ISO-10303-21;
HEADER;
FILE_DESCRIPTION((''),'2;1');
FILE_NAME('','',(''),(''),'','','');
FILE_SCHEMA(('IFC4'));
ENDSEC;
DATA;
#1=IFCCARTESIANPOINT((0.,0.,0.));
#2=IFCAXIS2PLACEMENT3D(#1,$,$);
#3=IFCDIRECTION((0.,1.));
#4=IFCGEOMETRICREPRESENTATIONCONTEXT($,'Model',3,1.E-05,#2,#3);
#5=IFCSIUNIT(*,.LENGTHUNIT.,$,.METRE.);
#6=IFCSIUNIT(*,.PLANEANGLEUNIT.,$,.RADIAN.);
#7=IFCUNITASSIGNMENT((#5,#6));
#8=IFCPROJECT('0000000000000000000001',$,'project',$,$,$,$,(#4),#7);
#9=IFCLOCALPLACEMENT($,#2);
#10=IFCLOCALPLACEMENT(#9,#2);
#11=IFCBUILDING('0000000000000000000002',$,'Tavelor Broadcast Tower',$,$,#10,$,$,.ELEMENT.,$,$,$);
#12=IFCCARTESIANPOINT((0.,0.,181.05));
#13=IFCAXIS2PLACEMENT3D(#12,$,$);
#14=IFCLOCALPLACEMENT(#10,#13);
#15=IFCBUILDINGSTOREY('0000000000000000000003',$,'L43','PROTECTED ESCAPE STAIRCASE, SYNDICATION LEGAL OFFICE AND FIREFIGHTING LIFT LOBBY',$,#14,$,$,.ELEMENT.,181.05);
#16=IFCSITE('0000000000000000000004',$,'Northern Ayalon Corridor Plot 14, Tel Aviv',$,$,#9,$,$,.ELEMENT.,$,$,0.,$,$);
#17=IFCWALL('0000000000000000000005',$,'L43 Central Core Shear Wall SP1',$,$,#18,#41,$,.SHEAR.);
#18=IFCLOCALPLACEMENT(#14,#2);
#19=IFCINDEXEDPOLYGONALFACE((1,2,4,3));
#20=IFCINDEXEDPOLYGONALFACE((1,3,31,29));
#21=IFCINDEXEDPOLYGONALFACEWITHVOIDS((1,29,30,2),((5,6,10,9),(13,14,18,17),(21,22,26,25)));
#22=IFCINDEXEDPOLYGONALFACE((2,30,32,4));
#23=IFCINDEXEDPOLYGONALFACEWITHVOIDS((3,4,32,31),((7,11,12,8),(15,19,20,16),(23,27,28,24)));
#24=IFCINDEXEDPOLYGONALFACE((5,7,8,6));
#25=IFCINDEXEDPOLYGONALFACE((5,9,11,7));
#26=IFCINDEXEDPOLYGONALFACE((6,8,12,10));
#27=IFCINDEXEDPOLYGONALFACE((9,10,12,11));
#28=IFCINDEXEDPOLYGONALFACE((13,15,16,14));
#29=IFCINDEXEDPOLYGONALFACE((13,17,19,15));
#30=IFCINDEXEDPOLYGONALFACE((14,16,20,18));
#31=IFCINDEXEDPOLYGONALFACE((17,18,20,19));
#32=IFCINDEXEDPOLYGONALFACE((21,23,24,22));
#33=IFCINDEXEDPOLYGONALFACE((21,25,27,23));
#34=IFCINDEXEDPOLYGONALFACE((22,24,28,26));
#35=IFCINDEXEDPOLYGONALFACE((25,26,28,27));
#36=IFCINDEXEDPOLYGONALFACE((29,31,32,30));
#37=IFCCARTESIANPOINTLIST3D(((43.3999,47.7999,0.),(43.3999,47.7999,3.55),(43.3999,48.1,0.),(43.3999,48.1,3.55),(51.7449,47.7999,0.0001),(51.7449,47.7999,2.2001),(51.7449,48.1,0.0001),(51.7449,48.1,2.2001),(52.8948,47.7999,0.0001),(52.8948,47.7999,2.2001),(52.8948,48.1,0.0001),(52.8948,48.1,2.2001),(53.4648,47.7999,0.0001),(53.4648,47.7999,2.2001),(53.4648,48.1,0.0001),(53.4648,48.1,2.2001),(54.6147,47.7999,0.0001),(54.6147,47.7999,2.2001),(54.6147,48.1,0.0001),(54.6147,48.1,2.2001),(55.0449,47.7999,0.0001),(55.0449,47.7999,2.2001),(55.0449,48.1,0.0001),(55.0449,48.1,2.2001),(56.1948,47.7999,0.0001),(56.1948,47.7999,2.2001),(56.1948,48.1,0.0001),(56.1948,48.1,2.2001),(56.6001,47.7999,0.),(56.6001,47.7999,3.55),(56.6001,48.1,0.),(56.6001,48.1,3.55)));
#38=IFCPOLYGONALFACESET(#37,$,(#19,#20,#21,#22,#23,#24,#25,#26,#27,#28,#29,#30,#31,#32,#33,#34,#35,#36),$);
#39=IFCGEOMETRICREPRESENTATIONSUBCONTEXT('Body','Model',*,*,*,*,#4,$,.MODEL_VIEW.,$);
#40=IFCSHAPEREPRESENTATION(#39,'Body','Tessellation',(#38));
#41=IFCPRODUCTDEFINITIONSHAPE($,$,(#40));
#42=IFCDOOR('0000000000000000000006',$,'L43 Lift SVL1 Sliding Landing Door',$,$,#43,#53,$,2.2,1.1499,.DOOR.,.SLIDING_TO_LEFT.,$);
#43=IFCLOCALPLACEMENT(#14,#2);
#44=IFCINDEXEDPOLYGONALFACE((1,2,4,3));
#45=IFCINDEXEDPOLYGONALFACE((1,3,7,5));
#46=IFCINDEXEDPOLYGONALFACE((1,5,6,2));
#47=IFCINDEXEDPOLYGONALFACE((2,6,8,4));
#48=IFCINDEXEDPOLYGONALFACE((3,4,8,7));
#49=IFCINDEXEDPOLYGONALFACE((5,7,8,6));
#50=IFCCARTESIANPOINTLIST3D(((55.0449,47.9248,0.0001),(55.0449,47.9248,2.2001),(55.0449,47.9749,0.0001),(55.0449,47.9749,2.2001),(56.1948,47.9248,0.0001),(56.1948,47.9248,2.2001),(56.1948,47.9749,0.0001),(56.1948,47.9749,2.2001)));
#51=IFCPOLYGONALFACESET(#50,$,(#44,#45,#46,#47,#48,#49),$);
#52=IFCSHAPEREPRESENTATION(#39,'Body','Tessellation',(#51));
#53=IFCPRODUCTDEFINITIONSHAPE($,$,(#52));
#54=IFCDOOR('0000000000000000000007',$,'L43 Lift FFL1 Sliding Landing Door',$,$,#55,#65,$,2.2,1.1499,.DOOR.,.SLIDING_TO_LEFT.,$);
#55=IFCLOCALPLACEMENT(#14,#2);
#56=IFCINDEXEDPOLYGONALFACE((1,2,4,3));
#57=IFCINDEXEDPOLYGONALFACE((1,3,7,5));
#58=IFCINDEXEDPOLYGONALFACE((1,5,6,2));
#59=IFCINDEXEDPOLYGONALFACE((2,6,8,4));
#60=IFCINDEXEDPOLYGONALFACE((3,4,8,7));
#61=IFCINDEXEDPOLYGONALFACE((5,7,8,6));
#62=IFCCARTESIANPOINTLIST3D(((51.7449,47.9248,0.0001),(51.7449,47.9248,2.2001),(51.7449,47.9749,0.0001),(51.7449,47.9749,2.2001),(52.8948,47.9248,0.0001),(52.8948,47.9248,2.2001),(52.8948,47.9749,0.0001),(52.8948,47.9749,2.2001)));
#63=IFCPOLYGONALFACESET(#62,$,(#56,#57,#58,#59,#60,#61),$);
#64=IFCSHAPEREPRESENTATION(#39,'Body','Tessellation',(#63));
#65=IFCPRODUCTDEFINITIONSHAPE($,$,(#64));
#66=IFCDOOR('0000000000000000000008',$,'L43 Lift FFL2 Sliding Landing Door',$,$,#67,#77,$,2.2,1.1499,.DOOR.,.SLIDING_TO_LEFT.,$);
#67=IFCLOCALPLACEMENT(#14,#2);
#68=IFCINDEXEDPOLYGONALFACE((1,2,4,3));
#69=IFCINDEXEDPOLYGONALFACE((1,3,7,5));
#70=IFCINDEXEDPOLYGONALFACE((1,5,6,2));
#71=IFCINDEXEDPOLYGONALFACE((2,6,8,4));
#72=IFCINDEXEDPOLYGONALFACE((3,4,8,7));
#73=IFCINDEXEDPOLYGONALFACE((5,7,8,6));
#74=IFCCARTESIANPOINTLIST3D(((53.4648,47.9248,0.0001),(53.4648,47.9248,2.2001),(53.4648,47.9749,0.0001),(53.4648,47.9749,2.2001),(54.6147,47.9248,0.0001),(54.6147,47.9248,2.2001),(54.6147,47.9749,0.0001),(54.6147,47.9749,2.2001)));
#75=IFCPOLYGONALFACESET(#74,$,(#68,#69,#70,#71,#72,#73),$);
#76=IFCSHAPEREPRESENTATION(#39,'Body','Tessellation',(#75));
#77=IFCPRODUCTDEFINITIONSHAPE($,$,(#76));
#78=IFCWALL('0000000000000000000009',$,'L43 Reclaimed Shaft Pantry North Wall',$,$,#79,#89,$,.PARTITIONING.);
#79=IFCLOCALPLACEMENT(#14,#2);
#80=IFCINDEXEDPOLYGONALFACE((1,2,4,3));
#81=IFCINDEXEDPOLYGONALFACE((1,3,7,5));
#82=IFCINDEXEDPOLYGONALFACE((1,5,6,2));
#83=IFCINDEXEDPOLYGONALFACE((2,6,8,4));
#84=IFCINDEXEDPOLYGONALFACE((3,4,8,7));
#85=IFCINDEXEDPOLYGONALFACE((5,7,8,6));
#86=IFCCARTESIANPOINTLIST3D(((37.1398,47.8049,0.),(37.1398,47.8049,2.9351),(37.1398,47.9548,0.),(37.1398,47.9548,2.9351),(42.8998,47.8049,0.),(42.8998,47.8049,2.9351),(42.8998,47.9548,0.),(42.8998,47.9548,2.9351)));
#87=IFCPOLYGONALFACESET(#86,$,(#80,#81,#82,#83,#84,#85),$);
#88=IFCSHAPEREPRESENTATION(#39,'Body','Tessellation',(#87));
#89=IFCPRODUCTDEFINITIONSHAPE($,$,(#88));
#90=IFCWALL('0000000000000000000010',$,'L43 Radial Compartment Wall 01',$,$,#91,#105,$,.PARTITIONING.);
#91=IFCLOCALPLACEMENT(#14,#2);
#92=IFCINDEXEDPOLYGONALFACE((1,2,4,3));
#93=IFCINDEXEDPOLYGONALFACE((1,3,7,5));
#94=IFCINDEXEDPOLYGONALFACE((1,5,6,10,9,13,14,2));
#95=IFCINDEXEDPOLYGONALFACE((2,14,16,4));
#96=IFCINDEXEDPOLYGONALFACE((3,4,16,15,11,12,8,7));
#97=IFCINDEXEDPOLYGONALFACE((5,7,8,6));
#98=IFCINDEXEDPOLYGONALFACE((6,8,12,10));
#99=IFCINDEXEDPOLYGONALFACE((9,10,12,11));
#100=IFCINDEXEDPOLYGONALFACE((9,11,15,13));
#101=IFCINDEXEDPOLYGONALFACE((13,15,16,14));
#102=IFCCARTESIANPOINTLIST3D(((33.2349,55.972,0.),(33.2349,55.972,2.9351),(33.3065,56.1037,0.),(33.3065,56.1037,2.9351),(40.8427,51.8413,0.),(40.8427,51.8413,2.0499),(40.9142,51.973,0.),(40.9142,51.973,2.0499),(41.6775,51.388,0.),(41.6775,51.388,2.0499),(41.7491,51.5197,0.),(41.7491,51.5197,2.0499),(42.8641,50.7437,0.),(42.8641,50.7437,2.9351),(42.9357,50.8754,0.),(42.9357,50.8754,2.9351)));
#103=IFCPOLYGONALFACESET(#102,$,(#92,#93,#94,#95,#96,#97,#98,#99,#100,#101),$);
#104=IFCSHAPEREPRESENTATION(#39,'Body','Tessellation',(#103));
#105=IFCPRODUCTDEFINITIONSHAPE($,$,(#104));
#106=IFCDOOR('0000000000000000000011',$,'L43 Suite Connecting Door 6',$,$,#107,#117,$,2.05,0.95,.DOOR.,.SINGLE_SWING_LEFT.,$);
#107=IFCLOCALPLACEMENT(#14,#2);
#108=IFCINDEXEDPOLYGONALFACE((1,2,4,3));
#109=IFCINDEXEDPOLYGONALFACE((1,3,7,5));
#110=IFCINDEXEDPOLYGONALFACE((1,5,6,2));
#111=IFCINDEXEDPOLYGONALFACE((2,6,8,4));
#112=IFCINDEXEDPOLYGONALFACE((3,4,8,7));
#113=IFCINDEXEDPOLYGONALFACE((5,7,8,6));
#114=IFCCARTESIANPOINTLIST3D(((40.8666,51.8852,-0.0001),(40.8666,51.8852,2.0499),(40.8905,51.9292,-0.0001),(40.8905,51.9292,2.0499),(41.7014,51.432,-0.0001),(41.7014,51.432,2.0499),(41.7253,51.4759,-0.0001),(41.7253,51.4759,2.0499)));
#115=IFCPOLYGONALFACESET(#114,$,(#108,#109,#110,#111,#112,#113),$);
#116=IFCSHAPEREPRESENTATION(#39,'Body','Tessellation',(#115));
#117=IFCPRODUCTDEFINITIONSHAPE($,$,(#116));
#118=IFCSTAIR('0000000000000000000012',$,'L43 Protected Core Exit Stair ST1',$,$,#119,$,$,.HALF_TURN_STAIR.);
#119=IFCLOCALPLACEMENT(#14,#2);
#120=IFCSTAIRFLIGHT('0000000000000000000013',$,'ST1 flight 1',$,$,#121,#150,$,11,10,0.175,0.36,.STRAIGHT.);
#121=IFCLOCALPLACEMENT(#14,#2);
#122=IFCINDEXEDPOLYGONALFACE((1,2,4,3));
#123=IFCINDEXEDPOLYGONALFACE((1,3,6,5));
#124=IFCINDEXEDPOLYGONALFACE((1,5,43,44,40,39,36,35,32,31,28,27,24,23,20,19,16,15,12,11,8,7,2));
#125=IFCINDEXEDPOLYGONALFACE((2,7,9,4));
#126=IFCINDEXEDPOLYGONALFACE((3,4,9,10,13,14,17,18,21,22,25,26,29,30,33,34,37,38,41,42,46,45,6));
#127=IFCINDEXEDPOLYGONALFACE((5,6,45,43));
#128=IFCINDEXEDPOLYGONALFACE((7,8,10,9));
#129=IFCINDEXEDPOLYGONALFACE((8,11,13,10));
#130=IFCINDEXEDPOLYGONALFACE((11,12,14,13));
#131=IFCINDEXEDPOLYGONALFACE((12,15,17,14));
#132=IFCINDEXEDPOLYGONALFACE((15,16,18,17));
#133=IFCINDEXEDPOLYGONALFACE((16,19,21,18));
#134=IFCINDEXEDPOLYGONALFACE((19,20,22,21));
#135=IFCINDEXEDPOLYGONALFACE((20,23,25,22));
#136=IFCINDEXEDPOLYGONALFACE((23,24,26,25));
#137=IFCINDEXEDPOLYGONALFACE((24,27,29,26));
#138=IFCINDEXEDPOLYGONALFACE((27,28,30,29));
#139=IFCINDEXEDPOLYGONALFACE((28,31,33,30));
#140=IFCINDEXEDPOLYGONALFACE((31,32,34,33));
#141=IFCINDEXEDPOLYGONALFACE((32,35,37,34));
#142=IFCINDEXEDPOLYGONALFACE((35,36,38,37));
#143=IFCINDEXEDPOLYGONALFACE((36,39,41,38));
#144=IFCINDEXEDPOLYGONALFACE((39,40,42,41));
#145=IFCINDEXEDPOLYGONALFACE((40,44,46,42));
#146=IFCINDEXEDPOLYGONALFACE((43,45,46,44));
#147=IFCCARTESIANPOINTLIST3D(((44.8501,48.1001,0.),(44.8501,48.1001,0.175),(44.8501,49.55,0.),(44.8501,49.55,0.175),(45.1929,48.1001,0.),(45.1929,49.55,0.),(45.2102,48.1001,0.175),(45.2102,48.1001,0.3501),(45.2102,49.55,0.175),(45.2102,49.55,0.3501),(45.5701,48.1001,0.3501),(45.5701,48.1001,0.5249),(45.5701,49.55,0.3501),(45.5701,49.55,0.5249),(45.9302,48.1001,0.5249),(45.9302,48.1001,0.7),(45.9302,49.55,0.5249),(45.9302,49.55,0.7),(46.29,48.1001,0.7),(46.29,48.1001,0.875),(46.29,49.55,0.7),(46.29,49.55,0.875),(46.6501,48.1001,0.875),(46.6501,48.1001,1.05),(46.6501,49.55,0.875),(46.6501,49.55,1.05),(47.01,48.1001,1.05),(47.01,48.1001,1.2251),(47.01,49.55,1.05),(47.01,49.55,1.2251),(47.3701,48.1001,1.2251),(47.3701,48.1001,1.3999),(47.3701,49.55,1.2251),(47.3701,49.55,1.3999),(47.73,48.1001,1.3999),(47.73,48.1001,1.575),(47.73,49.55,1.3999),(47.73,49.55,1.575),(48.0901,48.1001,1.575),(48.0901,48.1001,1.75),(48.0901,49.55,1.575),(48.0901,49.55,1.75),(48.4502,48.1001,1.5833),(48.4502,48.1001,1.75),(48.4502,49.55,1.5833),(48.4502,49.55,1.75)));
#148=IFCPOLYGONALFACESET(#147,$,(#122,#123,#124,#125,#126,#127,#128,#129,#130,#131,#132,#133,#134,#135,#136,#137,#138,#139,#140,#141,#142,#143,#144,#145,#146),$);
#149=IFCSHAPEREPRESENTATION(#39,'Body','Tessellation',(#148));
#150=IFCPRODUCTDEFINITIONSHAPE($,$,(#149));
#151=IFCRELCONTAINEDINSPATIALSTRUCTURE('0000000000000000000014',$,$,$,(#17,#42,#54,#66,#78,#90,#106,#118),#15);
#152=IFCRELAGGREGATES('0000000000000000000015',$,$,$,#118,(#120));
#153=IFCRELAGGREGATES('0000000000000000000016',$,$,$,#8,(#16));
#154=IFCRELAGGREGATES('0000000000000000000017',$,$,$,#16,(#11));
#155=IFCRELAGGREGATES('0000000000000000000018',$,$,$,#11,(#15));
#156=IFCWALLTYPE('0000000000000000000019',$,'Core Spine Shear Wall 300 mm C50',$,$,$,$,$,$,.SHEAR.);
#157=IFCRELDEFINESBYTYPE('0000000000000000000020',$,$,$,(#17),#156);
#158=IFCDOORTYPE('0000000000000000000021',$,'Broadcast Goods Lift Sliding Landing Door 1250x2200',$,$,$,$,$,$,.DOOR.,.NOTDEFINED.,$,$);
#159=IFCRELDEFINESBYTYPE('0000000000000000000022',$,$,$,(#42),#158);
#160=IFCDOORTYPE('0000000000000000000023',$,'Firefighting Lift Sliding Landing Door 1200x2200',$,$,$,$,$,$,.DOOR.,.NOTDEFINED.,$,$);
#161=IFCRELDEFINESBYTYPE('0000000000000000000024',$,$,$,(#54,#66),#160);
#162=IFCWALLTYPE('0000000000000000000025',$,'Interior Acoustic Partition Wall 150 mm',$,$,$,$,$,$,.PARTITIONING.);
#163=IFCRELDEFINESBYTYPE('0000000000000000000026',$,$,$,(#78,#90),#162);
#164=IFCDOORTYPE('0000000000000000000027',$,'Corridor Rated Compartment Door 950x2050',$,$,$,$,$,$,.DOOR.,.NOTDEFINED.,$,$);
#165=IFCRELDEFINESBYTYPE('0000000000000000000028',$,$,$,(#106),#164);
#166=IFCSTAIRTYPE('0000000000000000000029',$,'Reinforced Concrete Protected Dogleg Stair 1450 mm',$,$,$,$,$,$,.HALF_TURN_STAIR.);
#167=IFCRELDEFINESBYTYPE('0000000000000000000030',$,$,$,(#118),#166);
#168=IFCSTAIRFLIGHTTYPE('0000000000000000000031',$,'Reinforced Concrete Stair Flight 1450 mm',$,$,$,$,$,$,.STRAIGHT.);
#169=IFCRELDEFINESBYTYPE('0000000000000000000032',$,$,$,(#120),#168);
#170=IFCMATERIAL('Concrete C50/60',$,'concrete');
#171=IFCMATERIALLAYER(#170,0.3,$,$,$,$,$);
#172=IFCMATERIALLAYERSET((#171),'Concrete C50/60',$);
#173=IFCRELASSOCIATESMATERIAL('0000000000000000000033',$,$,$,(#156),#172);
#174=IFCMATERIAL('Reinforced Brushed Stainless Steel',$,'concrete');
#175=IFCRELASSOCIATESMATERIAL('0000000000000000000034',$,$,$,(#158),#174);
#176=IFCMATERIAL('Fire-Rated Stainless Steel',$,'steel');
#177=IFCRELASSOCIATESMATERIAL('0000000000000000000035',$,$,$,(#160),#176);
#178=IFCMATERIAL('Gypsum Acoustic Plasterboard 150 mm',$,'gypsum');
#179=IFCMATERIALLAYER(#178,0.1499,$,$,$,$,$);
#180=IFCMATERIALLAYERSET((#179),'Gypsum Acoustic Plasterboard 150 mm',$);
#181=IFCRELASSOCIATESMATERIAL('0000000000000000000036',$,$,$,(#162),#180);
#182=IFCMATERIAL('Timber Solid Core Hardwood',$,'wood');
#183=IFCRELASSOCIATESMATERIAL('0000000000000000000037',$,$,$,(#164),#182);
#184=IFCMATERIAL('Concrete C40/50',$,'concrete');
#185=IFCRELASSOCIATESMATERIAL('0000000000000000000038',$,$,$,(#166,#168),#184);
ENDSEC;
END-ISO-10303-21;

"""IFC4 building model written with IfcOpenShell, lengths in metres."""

from ifc_helpers import new_model, si_unit, direction, frame, frame_2d, origin, place, context, subcontext, project, spatial, polyline, rectangle, outline, extrude, material, layer, layer_set, type_object, element, fill, aggregate, save


model = new_model("IFC4")

# Units and contexts
model_context = context("Model", 3, precision=1e-05, world=origin(), true_north=direction((0.0, 1.0)))
body_context = subcontext(model_context, "Body", "Model", "MODEL_VIEW")
ifc_project = project(units=[si_unit("LENGTHUNIT", "METRE"), si_unit("PLANEANGLEUNIT", "RADIAN")], contexts=[model_context])

# Site, building, storey
site_placement = place(None, origin())
site = spatial("IfcSite", under=ifc_project, at=site_placement, Name="Northern Ayalon Corridor Plot 14, Tel Aviv", CompositionType="ELEMENT", RefElevation=0.0)
building_placement = place(site_placement, origin())
building = spatial("IfcBuilding", under=site, at=building_placement, Name="Tavelor Broadcast Tower", CompositionType="ELEMENT")
storey_placement = place(building_placement, frame((0.0, 0.0, 181.05)))
storey = spatial("IfcBuildingStorey", under=building, at=storey_placement, Name="L43", Description="PROTECTED ESCAPE STAIRCASE, SYNDICATION LEGAL OFFICE AND FIREFIGHTING LIFT LOBBY", CompositionType="ELEMENT", Elevation=181.05)

# Shared definitions
ifc_material_1 = material(Name="Concrete C50/60", Category="concrete")

# Wall, openings, doors
ifc_layer_1 = layer(ifc_material_1, 0.3)
ifc_layer_set_1 = layer_set([ifc_layer_1], Name="Concrete C50/60")
wall_type_1 = type_object("IfcWallType", Name="Core Spine Shear Wall 300 mm C50", PredefinedType="SHEAR", material=ifc_layer_set_1)
wall_1_placement = place(storey_placement, frame((43.3999, 47.95, 0.0), z_axis=(0.0, 0.0, 1.0), x_axis=(1.0, 0.0, 0.0)))
wall_1 = element("IfcWall", 1, at=wall_1_placement, inside=storey, type_object=wall_type_1, Name="L43 Central Core Shear Wall SP1", PredefinedType="SHEAR", context=body_context, shape_type="SweptSolid", body=[
    extrude(rectangle(XDim=13.2002, YDim=0.3, at=frame_2d((6.6001, 0.0))), origin(), (0.0, 0.0, 1.0), 3.55),
])
opening_1_placement = place(wall_1_placement, frame((8.345, 0.0, 0.0)))
opening_1 = element("IfcOpeningElement", 2, at=opening_1_placement, cuts=wall_1, PredefinedType="OPENING", context=body_context, shape_type="SweptSolid", body=[
    extrude(rectangle(XDim=1.1499, YDim=2.2, at=frame_2d((0.575, 1.1001))), frame((0.0, 0.1602, 0.0), z_axis=(0.0, -1.0, 0.0), x_axis=(1.0, 0.0, 0.0)), (0.0, 0.0, 1.0), 0.3201),
])
opening_2_placement = place(wall_1_placement, frame((10.0649, 0.0, 0.0)))
opening_2 = element("IfcOpeningElement", 3, at=opening_2_placement, cuts=wall_1, PredefinedType="OPENING", context=body_context, shape_type="SweptSolid", body=[
    extrude(rectangle(XDim=1.1499, YDim=2.2, at=frame_2d((0.575, 1.1001))), frame((0.0, 0.1602, 0.0), z_axis=(0.0, -1.0, 0.0), x_axis=(1.0, 0.0, 0.0)), (0.0, 0.0, 1.0), 0.3201),
])
opening_3_placement = place(wall_1_placement, frame((11.645, 0.0, 0.0)))
opening_3 = element("IfcOpeningElement", 4, at=opening_3_placement, cuts=wall_1, PredefinedType="OPENING", context=body_context, shape_type="SweptSolid", body=[
    extrude(rectangle(XDim=1.1499, YDim=2.2, at=frame_2d((0.575, 1.1001))), frame((0.0, 0.1602, 0.0), z_axis=(0.0, -1.0, 0.0), x_axis=(1.0, 0.0, 0.0)), (0.0, 0.0, 1.0), 0.3201),
])
ifc_material_2 = material(Name="Reinforced Brushed Stainless Steel", Category="concrete")
door_type_1 = type_object("IfcDoorType", Name="Broadcast Goods Lift Sliding Landing Door 1250x2200", OperationType="NOTDEFINED", PredefinedType="DOOR", material=ifc_material_2)
door_1_placement = place(opening_3_placement, origin())
door_1 = element("IfcDoor", 5, at=door_1_placement, inside=storey, type_object=door_type_1, Name="L43 Lift SVL1 Sliding Landing Door", OperationType="SLIDING_TO_LEFT", OverallHeight=2.2, OverallWidth=1.1499, PredefinedType="DOOR", context=body_context, shape_type="SweptSolid", body=[
    extrude(rectangle(XDim=1.1499, YDim=2.2, at=frame_2d((0.575, 1.1001))), frame((0.0, 0.0249, 0.0), z_axis=(0.0, -1.0, 0.0), x_axis=(1.0, 0.0, 0.0)), (0.0, 0.0, 1.0), 0.05),
])
fill(opening_3, door_1)
ifc_material_3 = material(Name="Fire-Rated Stainless Steel", Category="steel")
door_type_2 = type_object("IfcDoorType", Name="Firefighting Lift Sliding Landing Door 1200x2200", OperationType="NOTDEFINED", PredefinedType="DOOR", material=ifc_material_3)
door_2_placement = place(opening_1_placement, origin())
door_2 = element("IfcDoor", 6, at=door_2_placement, inside=storey, type_object=door_type_2, Name="L43 Lift FFL1 Sliding Landing Door", OperationType="SLIDING_TO_LEFT", OverallHeight=2.2, OverallWidth=1.1499, PredefinedType="DOOR", context=body_context, shape_type="SweptSolid", body=[
    extrude(rectangle(XDim=1.1499, YDim=2.2, at=frame_2d((0.575, 1.1001))), frame((0.0, 0.0249, 0.0), z_axis=(0.0, -1.0, 0.0), x_axis=(1.0, 0.0, 0.0)), (0.0, 0.0, 1.0), 0.05),
])
fill(opening_1, door_2)
door_3_placement = place(opening_2_placement, origin())
door_3 = element("IfcDoor", 7, at=door_3_placement, inside=storey, type_object=door_type_2, Name="L43 Lift FFL2 Sliding Landing Door", OperationType="SLIDING_TO_LEFT", OverallHeight=2.2, OverallWidth=1.1499, PredefinedType="DOOR", context=body_context, shape_type="SweptSolid", body=[
    extrude(rectangle(XDim=1.1499, YDim=2.2, at=frame_2d((0.575, 1.1001))), frame((0.0, 0.0249, 0.0), z_axis=(0.0, -1.0, 0.0), x_axis=(1.0, 0.0, 0.0)), (0.0, 0.0, 1.0), 0.05),
])
fill(opening_2, door_3)

# Wall
ifc_material_4 = material(Name="Gypsum Acoustic Plasterboard 150 mm", Category="gypsum")
ifc_layer_2 = layer(ifc_material_4, 0.1499)
ifc_layer_set_2 = layer_set([ifc_layer_2], Name="Gypsum Acoustic Plasterboard 150 mm")
wall_type_2 = type_object("IfcWallType", Name="Interior Acoustic Partition Wall 150 mm", PredefinedType="PARTITIONING", material=ifc_layer_set_2)
wall_2_placement = place(storey_placement, frame((37.1399, 47.8799, 0.0), z_axis=(0.0, 0.0, 1.0), x_axis=(1.0, 0.0, 0.0)))
element("IfcWall", 8, at=wall_2_placement, inside=storey, type_object=wall_type_2, Name="L43 Reclaimed Shaft Pantry North Wall", PredefinedType="PARTITIONING", context=body_context, shape_type="SweptSolid", body=[
    extrude(rectangle(XDim=5.76, YDim=0.1499, at=frame_2d((2.8799, 0.0))), origin(), (0.0, 0.0, 1.0), 2.9351),
])

# Wall, opening, door
wall_3_placement = place(storey_placement, frame((42.8999, 50.8096, 0.0), z_axis=(0.0, 0.0, 1.0), x_axis=(-0.878814, 0.477164, 0.0)))
wall_3 = element("IfcWall", 9, at=wall_3_placement, inside=storey, type_object=wall_type_2, Name="L43 Radial Compartment Wall 01", PredefinedType="PARTITIONING", context=body_context, shape_type="SweptSolid", body=[
    extrude(rectangle(XDim=10.957, YDim=0.1499, at=frame_2d((5.4785, 0.0))), origin(), (0.0, 0.0, 1.0), 2.9351),
])
opening_4_placement = place(wall_3_placement, frame((1.3501, 0.0, 0.0)))
opening_4 = element("IfcOpeningElement", 10, at=opening_4_placement, cuts=wall_3, PredefinedType="OPENING", context=body_context, shape_type="SweptSolid", body=[
    extrude(rectangle(XDim=0.95, YDim=2.05, at=frame_2d((0.4751, 1.0249))), frame((0.0, 0.085, 0.0), z_axis=(0.0, -1.0, 0.0), x_axis=(1.0, 0.0, 0.0)), (0.0, 0.0, 1.0), 0.1699),
])
ifc_material_5 = material(Name="Timber Solid Core Hardwood", Category="wood")
door_type_3 = type_object("IfcDoorType", Name="Corridor Rated Compartment Door 950x2050", OperationType="NOTDEFINED", PredefinedType="DOOR", material=ifc_material_5)
door_4_placement = place(opening_4_placement, origin())
door_4 = element("IfcDoor", 11, at=door_4_placement, inside=storey, type_object=door_type_3, Name="L43 Suite Connecting Door 6", OperationType="SINGLE_SWING_LEFT", OverallHeight=2.05, OverallWidth=0.95, PredefinedType="DOOR", context=body_context, shape_type="SweptSolid", body=[
    extrude(rectangle(XDim=0.95, YDim=2.05, at=frame_2d((0.4751, 1.0249))), frame((0.0, 0.0249, 0.0), z_axis=(0.0, -1.0, 0.0), x_axis=(1.0, 0.0, 0.0)), (0.0, 0.0, 1.0), 0.05),
])
fill(opening_4, door_4)

# Stair, stair flight
ifc_material_6 = material(Name="Concrete C40/50", Category="concrete")
stair_type = type_object("IfcStairType", Name="Reinforced Concrete Protected Dogleg Stair 1450 mm", PredefinedType="HALF_TURN_STAIR", material=ifc_material_6)
stair_placement = place(storey_placement, origin())
stair = element("IfcStair", 12, at=stair_placement, inside=storey, type_object=stair_type, Name="L43 Protected Core Exit Stair ST1", PredefinedType="HALF_TURN_STAIR")
stair_flight_type = type_object("IfcStairFlightType", Name="Reinforced Concrete Stair Flight 1450 mm", PredefinedType="STRAIGHT", material=ifc_material_6)
stair_flight_placement = place(storey_placement, frame((44.8501, 48.825, 0.0), z_axis=(0.0, 0.0, 1.0), x_axis=(1.0, 0.0, 0.0)))
stair_flight = element("IfcStairFlight", 13, at=stair_flight_placement, type_object=stair_flight_type, Name="ST1 flight 1", NumberOfRisers=11, NumberOfTreads=10, PredefinedType="STRAIGHT", RiserHeight=0.175, TreadLength=0.36, context=body_context, shape_type="SweptSolid", body=[
    extrude(outline(polyline([(0.0, 0.0), (0.0, 0.175), (0.3601, 0.175), (0.3601, 0.3501), (0.72, 0.3501), (0.72, 0.5249), (1.0801, 0.5249), (1.0801, 0.7), (1.4399, 0.7), (1.4399, 0.875), (1.8, 0.875), (1.8, 1.05), (2.1599, 1.05), (2.1599, 1.2251), (2.52, 1.2251), (2.52, 1.3999), (2.8799, 1.3999), (2.8799, 1.575), (3.24, 1.575), (3.24, 1.75), (3.6001, 1.75), (3.6001, 1.925), (3.6001, 1.5833), (0.3428, 0.0), (0.0, 0.0)])), frame((0.0, 0.7251, 0.0), z_axis=(0.0, -1.0, 0.0), x_axis=(1.0, 0.0, 0.0)), (0.0, 0.0, 1.0), 1.45),
])
aggregate(stair, [stair_flight])

save(model, "model.ifc")
